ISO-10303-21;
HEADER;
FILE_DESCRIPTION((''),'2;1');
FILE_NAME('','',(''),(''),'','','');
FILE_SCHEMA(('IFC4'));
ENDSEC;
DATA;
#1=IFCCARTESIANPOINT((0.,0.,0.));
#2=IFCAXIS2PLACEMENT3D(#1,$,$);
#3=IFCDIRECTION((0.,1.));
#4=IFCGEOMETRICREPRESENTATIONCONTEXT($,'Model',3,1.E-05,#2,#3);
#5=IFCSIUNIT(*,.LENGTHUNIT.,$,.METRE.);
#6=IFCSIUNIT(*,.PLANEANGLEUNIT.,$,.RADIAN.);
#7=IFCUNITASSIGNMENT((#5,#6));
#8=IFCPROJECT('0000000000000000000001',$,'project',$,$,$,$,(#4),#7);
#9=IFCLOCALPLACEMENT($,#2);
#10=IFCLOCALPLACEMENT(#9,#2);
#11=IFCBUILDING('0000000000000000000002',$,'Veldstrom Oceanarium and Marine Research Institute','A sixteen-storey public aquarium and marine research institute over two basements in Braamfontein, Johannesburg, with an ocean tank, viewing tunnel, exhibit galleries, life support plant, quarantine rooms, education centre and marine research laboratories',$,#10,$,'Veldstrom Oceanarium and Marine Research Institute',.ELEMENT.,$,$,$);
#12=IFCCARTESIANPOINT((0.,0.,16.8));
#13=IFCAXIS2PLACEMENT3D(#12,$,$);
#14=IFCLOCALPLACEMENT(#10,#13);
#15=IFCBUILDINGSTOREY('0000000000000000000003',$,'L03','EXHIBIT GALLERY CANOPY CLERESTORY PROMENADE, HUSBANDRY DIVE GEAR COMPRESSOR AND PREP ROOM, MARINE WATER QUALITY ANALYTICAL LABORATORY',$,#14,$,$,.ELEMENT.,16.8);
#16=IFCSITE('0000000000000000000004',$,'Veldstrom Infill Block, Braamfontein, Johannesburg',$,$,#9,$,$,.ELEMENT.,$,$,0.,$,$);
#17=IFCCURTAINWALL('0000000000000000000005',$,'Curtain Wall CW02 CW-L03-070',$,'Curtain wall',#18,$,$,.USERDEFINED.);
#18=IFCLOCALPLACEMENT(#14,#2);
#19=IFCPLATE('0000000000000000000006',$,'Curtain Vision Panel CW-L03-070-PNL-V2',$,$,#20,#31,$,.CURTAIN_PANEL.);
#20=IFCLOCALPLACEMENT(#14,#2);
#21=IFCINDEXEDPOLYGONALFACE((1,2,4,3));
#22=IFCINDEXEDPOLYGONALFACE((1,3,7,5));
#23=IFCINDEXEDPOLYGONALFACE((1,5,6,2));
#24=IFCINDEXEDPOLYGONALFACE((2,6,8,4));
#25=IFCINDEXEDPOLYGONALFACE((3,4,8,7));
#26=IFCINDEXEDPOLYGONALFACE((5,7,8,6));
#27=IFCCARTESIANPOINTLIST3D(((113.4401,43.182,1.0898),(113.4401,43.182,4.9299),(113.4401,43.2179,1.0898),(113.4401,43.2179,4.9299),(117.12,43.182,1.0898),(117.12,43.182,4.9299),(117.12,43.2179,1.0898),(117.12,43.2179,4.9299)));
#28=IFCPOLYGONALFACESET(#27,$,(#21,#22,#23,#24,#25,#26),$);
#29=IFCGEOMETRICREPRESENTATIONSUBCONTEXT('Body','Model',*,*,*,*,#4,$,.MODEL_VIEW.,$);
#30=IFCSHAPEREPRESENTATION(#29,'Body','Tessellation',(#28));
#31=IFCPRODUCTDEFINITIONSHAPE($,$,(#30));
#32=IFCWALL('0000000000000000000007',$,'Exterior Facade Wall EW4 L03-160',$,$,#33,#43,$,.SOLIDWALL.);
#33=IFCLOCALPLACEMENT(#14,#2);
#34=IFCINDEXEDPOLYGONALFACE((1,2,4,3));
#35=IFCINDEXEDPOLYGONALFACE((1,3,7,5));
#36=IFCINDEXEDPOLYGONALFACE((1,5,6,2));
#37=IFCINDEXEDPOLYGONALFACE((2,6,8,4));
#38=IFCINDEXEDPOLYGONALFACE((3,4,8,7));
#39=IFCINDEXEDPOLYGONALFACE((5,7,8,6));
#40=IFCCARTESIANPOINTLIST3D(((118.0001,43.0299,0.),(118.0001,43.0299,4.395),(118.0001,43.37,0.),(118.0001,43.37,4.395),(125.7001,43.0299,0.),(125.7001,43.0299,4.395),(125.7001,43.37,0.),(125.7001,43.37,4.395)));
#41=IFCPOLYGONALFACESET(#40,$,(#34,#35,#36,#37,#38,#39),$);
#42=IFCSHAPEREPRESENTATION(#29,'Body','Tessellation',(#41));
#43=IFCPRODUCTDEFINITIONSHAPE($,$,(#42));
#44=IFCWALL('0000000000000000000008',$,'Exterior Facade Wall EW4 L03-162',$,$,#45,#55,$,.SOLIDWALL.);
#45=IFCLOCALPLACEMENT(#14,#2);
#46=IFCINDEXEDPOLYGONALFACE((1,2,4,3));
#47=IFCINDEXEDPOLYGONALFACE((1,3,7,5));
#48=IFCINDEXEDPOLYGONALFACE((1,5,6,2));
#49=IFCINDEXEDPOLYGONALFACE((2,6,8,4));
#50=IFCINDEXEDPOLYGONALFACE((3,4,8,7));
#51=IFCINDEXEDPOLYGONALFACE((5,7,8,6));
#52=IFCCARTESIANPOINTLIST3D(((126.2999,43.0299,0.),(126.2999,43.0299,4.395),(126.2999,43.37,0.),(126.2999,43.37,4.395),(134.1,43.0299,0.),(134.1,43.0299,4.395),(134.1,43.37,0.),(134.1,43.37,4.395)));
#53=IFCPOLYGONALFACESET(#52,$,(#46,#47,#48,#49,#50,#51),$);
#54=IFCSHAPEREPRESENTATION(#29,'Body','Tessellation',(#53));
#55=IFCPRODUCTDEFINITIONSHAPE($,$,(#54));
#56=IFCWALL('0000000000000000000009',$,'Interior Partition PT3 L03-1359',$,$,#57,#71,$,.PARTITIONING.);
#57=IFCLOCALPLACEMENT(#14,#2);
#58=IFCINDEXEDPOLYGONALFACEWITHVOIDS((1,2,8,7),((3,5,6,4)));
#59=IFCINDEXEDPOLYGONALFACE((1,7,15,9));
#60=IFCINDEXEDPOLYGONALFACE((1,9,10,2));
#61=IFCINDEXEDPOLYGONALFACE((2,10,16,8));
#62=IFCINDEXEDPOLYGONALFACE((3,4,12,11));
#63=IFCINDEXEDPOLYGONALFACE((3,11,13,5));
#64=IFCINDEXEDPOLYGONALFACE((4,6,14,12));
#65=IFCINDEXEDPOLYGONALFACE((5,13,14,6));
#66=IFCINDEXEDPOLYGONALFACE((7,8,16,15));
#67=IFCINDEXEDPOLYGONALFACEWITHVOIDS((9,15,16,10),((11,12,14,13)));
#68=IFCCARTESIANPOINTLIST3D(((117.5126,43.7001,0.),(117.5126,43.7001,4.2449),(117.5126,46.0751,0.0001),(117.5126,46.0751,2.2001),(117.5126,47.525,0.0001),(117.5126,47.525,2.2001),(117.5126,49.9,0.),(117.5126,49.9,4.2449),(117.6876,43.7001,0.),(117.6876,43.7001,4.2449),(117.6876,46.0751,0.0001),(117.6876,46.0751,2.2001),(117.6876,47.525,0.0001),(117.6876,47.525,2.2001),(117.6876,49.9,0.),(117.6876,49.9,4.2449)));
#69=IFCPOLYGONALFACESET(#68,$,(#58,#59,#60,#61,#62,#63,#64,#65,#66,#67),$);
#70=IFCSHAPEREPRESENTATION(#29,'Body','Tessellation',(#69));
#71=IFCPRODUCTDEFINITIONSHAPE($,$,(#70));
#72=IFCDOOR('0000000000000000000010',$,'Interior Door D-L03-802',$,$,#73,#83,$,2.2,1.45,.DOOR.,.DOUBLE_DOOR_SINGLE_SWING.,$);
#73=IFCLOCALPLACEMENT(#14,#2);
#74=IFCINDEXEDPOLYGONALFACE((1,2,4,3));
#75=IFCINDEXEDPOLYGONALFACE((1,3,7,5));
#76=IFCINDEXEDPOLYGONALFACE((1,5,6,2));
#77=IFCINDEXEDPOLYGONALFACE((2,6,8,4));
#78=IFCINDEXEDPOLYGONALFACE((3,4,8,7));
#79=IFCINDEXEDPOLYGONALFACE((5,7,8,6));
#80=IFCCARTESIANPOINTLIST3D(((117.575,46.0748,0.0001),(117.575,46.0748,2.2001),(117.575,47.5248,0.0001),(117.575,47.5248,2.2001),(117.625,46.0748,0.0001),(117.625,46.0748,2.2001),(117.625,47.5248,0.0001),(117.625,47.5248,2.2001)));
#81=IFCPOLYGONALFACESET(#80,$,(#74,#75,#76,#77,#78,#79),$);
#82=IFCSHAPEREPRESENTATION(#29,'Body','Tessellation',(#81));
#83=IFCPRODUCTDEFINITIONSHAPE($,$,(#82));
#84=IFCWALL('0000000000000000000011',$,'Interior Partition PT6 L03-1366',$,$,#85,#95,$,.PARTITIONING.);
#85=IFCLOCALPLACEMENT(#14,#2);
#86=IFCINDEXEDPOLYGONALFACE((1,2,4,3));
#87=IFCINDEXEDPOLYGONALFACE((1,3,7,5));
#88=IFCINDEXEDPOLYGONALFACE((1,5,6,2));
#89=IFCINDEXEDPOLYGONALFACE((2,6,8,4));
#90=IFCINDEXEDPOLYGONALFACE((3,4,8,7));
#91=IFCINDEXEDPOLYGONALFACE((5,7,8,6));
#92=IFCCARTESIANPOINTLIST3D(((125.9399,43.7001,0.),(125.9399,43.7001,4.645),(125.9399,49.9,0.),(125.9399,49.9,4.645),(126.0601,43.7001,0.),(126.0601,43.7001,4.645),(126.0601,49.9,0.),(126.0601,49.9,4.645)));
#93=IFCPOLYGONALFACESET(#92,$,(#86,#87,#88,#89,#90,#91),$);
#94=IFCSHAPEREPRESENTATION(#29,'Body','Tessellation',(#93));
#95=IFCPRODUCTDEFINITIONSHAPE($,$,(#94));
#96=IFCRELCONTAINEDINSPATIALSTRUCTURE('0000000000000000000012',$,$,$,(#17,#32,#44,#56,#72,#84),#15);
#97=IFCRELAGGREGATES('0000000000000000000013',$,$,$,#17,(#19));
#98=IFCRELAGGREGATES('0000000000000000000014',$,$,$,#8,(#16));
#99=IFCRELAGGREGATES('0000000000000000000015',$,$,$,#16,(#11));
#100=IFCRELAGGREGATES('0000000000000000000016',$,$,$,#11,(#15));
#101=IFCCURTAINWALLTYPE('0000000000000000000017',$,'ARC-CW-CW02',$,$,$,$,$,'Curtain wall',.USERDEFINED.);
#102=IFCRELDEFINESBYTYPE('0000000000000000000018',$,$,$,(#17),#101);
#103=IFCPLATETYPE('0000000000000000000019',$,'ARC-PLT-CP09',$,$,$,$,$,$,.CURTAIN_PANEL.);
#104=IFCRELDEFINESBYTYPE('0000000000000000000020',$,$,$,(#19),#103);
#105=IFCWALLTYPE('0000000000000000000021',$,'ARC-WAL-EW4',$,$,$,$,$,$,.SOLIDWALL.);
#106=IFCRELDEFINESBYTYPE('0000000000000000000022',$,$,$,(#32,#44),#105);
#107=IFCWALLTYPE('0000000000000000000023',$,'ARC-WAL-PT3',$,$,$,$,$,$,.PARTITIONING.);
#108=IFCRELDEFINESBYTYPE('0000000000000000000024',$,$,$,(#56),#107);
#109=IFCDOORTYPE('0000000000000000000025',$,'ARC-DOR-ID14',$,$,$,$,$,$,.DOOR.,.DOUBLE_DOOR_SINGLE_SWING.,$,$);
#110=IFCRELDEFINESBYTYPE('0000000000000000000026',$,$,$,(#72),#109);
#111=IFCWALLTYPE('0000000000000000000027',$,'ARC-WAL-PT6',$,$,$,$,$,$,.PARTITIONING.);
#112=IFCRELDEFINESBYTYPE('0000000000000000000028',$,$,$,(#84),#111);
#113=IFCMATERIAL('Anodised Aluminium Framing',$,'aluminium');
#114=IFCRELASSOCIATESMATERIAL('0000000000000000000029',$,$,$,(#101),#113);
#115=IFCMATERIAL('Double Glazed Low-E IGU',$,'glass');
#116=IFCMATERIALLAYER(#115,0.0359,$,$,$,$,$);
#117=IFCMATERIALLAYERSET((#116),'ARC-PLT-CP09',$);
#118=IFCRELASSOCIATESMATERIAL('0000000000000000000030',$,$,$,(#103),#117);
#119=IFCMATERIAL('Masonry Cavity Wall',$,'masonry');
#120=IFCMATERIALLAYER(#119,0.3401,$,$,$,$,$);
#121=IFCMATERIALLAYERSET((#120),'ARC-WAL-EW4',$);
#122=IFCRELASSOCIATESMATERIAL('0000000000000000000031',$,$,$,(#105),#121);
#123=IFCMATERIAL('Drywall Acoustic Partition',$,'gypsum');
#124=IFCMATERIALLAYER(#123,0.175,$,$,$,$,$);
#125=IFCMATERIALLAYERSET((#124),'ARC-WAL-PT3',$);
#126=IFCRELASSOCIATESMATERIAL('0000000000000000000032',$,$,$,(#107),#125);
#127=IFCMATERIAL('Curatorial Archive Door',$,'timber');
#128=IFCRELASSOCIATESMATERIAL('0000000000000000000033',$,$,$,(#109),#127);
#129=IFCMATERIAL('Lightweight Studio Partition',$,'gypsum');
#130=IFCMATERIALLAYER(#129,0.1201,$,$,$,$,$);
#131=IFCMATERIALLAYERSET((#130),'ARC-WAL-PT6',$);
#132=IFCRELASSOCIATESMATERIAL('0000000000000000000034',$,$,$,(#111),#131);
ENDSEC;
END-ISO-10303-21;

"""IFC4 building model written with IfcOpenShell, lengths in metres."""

from ifc_helpers import new_model, si_unit, direction, frame, frame_2d, origin, origin_2d, place, context, subcontext, project, spatial, rectangle, extrude, material, layer, layer_set, type_object, element, fill, aggregate, save


model = new_model("IFC4")

# Units and contexts
model_context = context("Model", 3, precision=1e-05, world=origin(), true_north=direction((0.0, 1.0)))
body_context = subcontext(model_context, "Body", "Model", "MODEL_VIEW")
ifc_project = project(units=[si_unit("LENGTHUNIT", "METRE"), si_unit("PLANEANGLEUNIT", "RADIAN")], contexts=[model_context])

# Site, building, storey
site_placement = place(None, origin())
site = spatial("IfcSite", under=ifc_project, at=site_placement, Name="Veldstrom Infill Block, Braamfontein, Johannesburg", CompositionType="ELEMENT", RefElevation=0.0)
building_placement = place(site_placement, origin())
building = spatial("IfcBuilding", under=site, at=building_placement, Name="Veldstrom Oceanarium and Marine Research Institute", Description="A sixteen-storey public aquarium and marine research institute over two basements in Braamfontein, Johannesburg, with an ocean tank, viewing tunnel, exhibit galleries, life support plant, quarantine rooms, education centre and marine research laboratories", LongName="Veldstrom Oceanarium and Marine Research Institute", CompositionType="ELEMENT")
storey_placement = place(building_placement, frame((0.0, 0.0, 16.8)))
storey = spatial("IfcBuildingStorey", under=building, at=storey_placement, Name="L03", Description="EXHIBIT GALLERY CANOPY CLERESTORY PROMENADE, HUSBANDRY DIVE GEAR COMPRESSOR AND PREP ROOM, MARINE WATER QUALITY ANALYTICAL LABORATORY", CompositionType="ELEMENT", Elevation=16.8)

# Curtain wall
ifc_material_1 = material(Name="Anodised Aluminium Framing", Category="aluminium")
curtain_wall_type = type_object("IfcCurtainWallType", Name="ARC-CW-CW02", ElementType="Curtain wall", PredefinedType="USERDEFINED", material=ifc_material_1)
curtain_wall_placement = place(storey_placement, origin())
curtain_wall = element("IfcCurtainWall", 1, at=curtain_wall_placement, inside=storey, type_object=curtain_wall_type, Name="Curtain Wall CW02 CW-L03-070", ObjectType="Curtain wall", PredefinedType="USERDEFINED")

# Plate
ifc_material_2 = material(Name="Double Glazed Low-E IGU", Category="glass")
ifc_layer_1 = layer(ifc_material_2, 0.0359)
ifc_layer_set_1 = layer_set([ifc_layer_1], Name="ARC-PLT-CP09")
plate_type = type_object("IfcPlateType", Name="ARC-PLT-CP09", PredefinedType="CURTAIN_PANEL", material=ifc_layer_set_1)
plate_placement = place(storey_placement, frame((115.28, 43.2, 1.0898), z_axis=(0.0, 0.0, 1.0), x_axis=(1.0, 0.0, 0.0)))
plate = element("IfcPlate", 2, at=plate_placement, type_object=plate_type, Name="Curtain Vision Panel CW-L03-070-PNL-V2", PredefinedType="CURTAIN_PANEL", context=body_context, shape_type="SweptSolid", body=[
    extrude(rectangle(XDim=3.6799, YDim=0.0359, at=origin_2d()), origin(), (0.0, 0.0, 1.0), 3.8401),
])
aggregate(curtain_wall, [plate])

# Walls
ifc_material_3 = material(Name="Masonry Cavity Wall", Category="masonry")
ifc_layer_2 = layer(ifc_material_3, 0.3401)
ifc_layer_set_2 = layer_set([ifc_layer_2], Name="ARC-WAL-EW4")
wall_type_1 = type_object("IfcWallType", Name="ARC-WAL-EW4", PredefinedType="SOLIDWALL", material=ifc_layer_set_2)
wall_1_placement = place(storey_placement, frame((118.0, 43.2, 0.0), z_axis=(0.0, 0.0, 1.0), x_axis=(1.0, 0.0, 0.0)))
element("IfcWall", 3, at=wall_1_placement, inside=storey, type_object=wall_type_1, Name="Exterior Facade Wall EW4 L03-160", PredefinedType="SOLIDWALL", context=body_context, shape_type="SweptSolid", body=[
    extrude(rectangle(XDim=7.7, YDim=0.3401, at=frame_2d((3.8501, 0.0))), origin(), (0.0, 0.0, 1.0), 4.395),
])
wall_2_placement = place(storey_placement, frame((126.3, 43.2, 0.0), z_axis=(0.0, 0.0, 1.0), x_axis=(1.0, 0.0, 0.0)))
element("IfcWall", 4, at=wall_2_placement, inside=storey, type_object=wall_type_1, Name="Exterior Facade Wall EW4 L03-162", PredefinedType="SOLIDWALL", context=body_context, shape_type="SweptSolid", body=[
    extrude(rectangle(XDim=7.8, YDim=0.3401, at=frame_2d((3.8999, 0.0))), origin(), (0.0, 0.0, 1.0), 4.395),
])

# Wall, opening, door
ifc_material_4 = material(Name="Drywall Acoustic Partition", Category="gypsum")
ifc_layer_3 = layer(ifc_material_4, 0.175)
ifc_layer_set_3 = layer_set([ifc_layer_3], Name="ARC-WAL-PT3")
wall_type_2 = type_object("IfcWallType", Name="ARC-WAL-PT3", PredefinedType="PARTITIONING", material=ifc_layer_set_3)
wall_3_placement = place(storey_placement, frame((117.6001, 43.7, 0.0), z_axis=(0.0, 0.0, 1.0), x_axis=(0.0, 1.0, 0.0)))
wall_3 = element("IfcWall", 5, at=wall_3_placement, inside=storey, type_object=wall_type_2, Name="Interior Partition PT3 L03-1359", PredefinedType="PARTITIONING", context=body_context, shape_type="SweptSolid", body=[
    extrude(rectangle(XDim=6.2, YDim=0.175, at=frame_2d((3.1001, 0.0))), origin(), (0.0, 0.0, 1.0), 4.2449),
])
opening_placement = place(wall_3_placement, frame((2.375, 0.0, 0.0)))
opening = element("IfcOpeningElement", 6, at=opening_placement, cuts=wall_3, PredefinedType="OPENING", context=body_context, shape_type="SweptSolid", body=[
    extrude(rectangle(XDim=1.45, YDim=2.2, at=frame_2d((0.7251, 1.1001))), frame((0.0, 0.0974, 0.0), z_axis=(0.0, -1.0, 0.0), x_axis=(1.0, 0.0, 0.0)), (0.0, 0.0, 1.0), 0.1951),
])
ifc_material_5 = material(Name="Curatorial Archive Door", Category="timber")
door_type = type_object("IfcDoorType", Name="ARC-DOR-ID14", OperationType="DOUBLE_DOOR_SINGLE_SWING", PredefinedType="DOOR", material=ifc_material_5)
door_placement = place(opening_placement, frame((1.45, 0.0, 0.0), z_axis=(0.0, 0.0, 1.0), x_axis=(-1.0, 0.0, 0.0)))
door = element("IfcDoor", 7, at=door_placement, inside=storey, type_object=door_type, Name="Interior Door D-L03-802", OperationType="DOUBLE_DOOR_SINGLE_SWING", OverallHeight=2.2, OverallWidth=1.45, PredefinedType="DOOR", context=body_context, shape_type="SweptSolid", body=[
    extrude(rectangle(XDim=1.45, YDim=2.2, at=frame_2d((0.7251, 1.1001))), frame((0.0, 0.0249, 0.0), z_axis=(0.0, -1.0, 0.0), x_axis=(1.0, 0.0, 0.0)), (0.0, 0.0, 1.0), 0.05),
])
fill(opening, door)

# Wall
ifc_material_6 = material(Name="Lightweight Studio Partition", Category="gypsum")
ifc_layer_4 = layer(ifc_material_6, 0.1201)
ifc_layer_set_4 = layer_set([ifc_layer_4], Name="ARC-WAL-PT6")
wall_type_3 = type_object("IfcWallType", Name="ARC-WAL-PT6", PredefinedType="PARTITIONING", material=ifc_layer_set_4)
wall_4_placement = place(storey_placement, frame((126.0, 43.7, 0.0), z_axis=(0.0, 0.0, 1.0), x_axis=(0.0, 1.0, 0.0)))
element("IfcWall", 8, at=wall_4_placement, inside=storey, type_object=wall_type_3, Name="Interior Partition PT6 L03-1366", PredefinedType="PARTITIONING", context=body_context, shape_type="SweptSolid", body=[
    extrude(rectangle(XDim=6.2, YDim=0.1201, at=frame_2d((3.1001, 0.0))), origin(), (0.0, 0.0, 1.0), 4.645),
])

save(model, "model.ifc")
